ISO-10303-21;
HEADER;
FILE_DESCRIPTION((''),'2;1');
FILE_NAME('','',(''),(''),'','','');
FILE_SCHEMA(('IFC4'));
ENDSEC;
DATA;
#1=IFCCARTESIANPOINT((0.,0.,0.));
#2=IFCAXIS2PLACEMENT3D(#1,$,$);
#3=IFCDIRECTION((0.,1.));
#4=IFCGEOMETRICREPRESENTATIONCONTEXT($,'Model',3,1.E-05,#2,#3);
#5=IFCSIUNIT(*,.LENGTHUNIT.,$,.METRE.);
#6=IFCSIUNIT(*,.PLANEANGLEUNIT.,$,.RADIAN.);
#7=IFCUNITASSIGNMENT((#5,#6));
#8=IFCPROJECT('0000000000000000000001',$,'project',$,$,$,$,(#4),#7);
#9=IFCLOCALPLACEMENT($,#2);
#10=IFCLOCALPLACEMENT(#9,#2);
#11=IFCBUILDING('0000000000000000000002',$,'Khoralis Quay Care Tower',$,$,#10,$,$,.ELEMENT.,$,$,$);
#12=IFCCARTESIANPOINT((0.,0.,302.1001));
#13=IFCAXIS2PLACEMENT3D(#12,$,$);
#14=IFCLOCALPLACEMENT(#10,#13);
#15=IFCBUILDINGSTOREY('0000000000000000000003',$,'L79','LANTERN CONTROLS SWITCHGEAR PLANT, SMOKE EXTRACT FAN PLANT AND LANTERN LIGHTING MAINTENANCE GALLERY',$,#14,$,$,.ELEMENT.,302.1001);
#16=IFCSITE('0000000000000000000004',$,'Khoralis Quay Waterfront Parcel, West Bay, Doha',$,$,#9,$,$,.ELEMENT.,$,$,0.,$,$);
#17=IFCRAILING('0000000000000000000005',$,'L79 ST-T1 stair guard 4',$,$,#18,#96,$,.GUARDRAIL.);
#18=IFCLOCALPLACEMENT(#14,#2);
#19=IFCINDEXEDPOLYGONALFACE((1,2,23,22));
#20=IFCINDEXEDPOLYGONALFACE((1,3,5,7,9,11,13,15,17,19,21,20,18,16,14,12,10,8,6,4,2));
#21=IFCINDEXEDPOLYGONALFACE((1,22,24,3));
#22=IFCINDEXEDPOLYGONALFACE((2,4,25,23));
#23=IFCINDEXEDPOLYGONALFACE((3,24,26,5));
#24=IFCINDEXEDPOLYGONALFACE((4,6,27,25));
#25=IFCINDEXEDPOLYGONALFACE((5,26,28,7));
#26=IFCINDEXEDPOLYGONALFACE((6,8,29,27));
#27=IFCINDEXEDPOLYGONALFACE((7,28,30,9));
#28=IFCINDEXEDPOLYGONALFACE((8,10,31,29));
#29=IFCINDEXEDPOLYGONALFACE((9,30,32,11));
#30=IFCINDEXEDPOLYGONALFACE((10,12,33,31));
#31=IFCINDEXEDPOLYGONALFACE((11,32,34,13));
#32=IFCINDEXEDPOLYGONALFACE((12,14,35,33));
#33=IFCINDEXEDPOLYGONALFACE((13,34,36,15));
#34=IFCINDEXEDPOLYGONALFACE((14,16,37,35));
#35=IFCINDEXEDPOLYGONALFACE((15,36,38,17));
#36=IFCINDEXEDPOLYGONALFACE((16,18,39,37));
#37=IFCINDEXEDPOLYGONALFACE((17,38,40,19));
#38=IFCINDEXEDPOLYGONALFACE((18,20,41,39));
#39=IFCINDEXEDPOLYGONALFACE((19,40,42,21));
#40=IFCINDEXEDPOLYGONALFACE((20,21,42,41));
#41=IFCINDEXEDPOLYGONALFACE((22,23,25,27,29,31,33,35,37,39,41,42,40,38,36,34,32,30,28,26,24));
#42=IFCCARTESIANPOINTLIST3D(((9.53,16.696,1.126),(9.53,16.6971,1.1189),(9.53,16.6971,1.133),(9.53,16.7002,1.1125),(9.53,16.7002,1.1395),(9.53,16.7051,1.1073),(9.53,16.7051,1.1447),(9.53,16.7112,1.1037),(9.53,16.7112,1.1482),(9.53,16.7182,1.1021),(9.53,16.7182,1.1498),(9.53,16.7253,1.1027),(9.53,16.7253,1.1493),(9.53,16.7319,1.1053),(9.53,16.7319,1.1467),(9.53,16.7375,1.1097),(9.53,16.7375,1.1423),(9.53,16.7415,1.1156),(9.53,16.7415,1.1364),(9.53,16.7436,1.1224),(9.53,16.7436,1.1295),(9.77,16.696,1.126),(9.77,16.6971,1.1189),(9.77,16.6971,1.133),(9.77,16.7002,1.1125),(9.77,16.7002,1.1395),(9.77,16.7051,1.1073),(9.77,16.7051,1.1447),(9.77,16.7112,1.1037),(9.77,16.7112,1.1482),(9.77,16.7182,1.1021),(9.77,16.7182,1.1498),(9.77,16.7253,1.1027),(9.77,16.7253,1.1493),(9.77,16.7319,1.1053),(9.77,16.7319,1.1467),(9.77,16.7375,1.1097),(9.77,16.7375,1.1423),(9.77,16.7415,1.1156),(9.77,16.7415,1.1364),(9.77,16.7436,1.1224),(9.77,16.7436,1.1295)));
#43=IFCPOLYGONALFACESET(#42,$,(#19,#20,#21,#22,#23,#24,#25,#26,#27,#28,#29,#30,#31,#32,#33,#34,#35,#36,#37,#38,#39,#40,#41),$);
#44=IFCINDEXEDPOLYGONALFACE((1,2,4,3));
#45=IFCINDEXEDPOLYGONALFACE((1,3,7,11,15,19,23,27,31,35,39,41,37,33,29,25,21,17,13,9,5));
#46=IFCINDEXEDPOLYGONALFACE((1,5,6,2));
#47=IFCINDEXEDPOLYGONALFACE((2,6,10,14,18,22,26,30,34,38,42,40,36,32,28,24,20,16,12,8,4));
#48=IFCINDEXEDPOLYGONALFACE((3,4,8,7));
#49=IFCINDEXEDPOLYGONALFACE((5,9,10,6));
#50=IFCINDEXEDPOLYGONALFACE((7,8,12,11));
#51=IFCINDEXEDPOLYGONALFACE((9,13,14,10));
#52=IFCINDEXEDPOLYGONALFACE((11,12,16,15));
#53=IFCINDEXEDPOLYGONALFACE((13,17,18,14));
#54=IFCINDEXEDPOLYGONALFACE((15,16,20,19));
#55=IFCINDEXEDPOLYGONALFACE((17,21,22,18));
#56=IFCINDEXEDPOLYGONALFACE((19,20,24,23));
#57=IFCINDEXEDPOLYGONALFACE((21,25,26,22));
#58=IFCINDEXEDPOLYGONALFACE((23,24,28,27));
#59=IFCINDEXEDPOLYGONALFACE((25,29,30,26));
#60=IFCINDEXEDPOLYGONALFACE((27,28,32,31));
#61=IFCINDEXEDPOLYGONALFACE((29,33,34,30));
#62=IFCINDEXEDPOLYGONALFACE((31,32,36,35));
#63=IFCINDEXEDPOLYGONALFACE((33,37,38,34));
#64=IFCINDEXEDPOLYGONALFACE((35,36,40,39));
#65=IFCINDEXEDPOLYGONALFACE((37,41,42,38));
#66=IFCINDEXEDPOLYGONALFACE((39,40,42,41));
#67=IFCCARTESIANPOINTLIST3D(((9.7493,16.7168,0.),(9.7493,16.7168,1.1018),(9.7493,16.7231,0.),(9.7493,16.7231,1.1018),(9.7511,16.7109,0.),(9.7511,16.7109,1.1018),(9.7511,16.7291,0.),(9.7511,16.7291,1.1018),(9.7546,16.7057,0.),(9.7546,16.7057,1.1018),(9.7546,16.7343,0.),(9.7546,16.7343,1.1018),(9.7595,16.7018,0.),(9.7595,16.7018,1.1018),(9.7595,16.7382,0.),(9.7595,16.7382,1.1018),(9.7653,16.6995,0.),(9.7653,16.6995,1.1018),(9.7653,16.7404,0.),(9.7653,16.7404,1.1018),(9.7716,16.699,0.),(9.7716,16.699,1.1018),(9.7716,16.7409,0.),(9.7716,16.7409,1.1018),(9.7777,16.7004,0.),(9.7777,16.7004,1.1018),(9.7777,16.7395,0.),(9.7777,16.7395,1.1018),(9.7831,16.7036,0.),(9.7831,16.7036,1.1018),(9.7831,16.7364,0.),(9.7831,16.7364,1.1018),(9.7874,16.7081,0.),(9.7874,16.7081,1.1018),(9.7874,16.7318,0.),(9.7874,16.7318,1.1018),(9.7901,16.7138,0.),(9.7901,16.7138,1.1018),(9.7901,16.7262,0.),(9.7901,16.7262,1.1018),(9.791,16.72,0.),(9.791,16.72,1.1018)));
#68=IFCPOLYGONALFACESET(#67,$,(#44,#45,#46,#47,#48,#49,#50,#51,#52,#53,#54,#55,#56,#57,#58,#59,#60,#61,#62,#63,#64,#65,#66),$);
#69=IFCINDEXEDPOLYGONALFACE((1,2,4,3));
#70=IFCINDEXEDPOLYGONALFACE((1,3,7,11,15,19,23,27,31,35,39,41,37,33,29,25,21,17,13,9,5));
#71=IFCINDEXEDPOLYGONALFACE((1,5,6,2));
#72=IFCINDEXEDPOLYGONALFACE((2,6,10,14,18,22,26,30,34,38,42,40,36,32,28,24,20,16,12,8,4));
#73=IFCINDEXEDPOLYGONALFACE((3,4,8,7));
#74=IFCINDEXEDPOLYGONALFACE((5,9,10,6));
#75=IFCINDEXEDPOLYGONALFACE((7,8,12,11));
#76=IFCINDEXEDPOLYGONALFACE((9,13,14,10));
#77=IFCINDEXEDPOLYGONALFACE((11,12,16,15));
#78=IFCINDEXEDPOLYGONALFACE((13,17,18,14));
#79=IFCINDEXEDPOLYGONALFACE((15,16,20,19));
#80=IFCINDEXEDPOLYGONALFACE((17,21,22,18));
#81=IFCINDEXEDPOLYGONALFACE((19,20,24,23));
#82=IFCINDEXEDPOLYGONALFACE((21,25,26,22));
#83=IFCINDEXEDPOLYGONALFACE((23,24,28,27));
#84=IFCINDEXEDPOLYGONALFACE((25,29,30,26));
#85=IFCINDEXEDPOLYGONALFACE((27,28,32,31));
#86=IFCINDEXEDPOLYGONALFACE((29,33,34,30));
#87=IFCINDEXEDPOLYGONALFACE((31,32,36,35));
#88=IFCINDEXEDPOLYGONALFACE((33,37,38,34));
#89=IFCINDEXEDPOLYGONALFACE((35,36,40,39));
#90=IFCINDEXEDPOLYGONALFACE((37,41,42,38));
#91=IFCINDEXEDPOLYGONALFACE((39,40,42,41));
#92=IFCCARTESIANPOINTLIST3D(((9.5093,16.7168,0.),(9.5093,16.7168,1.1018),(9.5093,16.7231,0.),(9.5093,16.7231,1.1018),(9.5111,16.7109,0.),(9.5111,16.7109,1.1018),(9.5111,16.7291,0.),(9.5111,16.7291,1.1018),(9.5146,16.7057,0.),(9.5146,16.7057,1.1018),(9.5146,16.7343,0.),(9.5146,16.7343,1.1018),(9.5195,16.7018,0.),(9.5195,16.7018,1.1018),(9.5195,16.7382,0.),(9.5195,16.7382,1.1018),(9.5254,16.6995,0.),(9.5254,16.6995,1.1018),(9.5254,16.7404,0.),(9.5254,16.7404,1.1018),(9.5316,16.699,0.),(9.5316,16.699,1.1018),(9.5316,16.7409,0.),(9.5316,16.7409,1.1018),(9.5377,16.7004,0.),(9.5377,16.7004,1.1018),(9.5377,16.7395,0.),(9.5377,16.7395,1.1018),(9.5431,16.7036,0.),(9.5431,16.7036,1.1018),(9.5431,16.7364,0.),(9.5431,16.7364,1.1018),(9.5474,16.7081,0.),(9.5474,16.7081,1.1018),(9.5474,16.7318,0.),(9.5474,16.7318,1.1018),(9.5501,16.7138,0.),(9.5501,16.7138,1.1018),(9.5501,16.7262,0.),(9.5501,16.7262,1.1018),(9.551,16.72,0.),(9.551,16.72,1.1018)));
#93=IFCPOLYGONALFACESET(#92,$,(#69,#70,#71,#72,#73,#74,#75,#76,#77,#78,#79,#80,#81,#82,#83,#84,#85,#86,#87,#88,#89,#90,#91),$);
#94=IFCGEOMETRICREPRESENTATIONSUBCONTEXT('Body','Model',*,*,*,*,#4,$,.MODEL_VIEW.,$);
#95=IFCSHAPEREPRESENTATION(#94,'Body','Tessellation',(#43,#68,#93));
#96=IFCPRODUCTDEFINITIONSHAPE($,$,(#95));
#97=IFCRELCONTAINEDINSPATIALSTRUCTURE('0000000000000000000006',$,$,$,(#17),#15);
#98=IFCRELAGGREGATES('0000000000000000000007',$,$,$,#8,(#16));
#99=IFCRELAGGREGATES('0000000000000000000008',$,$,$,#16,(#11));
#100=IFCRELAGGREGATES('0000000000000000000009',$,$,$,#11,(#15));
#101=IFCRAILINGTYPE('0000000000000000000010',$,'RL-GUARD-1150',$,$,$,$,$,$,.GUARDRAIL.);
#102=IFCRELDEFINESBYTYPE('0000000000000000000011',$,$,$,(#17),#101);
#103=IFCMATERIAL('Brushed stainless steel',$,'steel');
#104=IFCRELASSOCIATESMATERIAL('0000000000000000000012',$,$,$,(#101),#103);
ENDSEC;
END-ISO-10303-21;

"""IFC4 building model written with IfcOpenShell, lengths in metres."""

from ifc_helpers import new_model, si_unit, direction, frame, origin, origin_2d, place, context, subcontext, project, spatial, circle, extrude, material, type_object, element, save


model = new_model("IFC4")

# Units and contexts
model_context = context("Model", 3, precision=1e-05, world=origin(), true_north=direction((0.0, 1.0)))
body_context = subcontext(model_context, "Body", "Model", "MODEL_VIEW")
ifc_project = project(units=[si_unit("LENGTHUNIT", "METRE"), si_unit("PLANEANGLEUNIT", "RADIAN")], contexts=[model_context])

# Site, building, storey
site_placement = place(None, origin())
site = spatial("IfcSite", under=ifc_project, at=site_placement, Name="Khoralis Quay Waterfront Parcel, West Bay, Doha", CompositionType="ELEMENT", RefElevation=0.0)
building_placement = place(site_placement, origin())
building = spatial("IfcBuilding", under=site, at=building_placement, Name="Khoralis Quay Care Tower", CompositionType="ELEMENT")
storey_placement = place(building_placement, frame((0.0, 0.0, 302.1001)))
storey = spatial("IfcBuildingStorey", under=building, at=storey_placement, Name="L79", Description="LANTERN CONTROLS SWITCHGEAR PLANT, SMOKE EXTRACT FAN PLANT AND LANTERN LIGHTING MAINTENANCE GALLERY", CompositionType="ELEMENT", Elevation=302.1001)

# Shared definitions
ifc_material_1 = material(Name="Brushed stainless steel", Category="steel")

# Railing
railing_type_1 = type_object("IfcRailingType", Name="RL-GUARD-1150", PredefinedType="GUARDRAIL", material=ifc_material_1)
railing_1_placement = place(storey_placement, frame((9.77, 16.72, 0.0)))
element("IfcRailing", 1, at=railing_1_placement, inside=storey, type_object=railing_type_1, Name="L79 ST-T1 stair guard 4", PredefinedType="GUARDRAIL", context=body_context, shape_type="SweptSolid", body=[
    extrude(circle(Radius=0.0239, at=origin_2d()), frame((0.0, 0.0, 1.126), z_axis=(-1.0, 0.0, 0.0), x_axis=(0.0, -1.0, 0.0)), (0.0, 0.0, 1.0), 0.24),
    extrude(circle(Radius=0.021, at=origin_2d()), origin(), (0.0, 0.0, 1.0), 1.1018),
    extrude(circle(Radius=0.021, at=origin_2d()), frame((-0.24, 0.0, 0.0)), (0.0, 0.0, 1.0), 1.1018),
])

save(model, "model.ifc")
